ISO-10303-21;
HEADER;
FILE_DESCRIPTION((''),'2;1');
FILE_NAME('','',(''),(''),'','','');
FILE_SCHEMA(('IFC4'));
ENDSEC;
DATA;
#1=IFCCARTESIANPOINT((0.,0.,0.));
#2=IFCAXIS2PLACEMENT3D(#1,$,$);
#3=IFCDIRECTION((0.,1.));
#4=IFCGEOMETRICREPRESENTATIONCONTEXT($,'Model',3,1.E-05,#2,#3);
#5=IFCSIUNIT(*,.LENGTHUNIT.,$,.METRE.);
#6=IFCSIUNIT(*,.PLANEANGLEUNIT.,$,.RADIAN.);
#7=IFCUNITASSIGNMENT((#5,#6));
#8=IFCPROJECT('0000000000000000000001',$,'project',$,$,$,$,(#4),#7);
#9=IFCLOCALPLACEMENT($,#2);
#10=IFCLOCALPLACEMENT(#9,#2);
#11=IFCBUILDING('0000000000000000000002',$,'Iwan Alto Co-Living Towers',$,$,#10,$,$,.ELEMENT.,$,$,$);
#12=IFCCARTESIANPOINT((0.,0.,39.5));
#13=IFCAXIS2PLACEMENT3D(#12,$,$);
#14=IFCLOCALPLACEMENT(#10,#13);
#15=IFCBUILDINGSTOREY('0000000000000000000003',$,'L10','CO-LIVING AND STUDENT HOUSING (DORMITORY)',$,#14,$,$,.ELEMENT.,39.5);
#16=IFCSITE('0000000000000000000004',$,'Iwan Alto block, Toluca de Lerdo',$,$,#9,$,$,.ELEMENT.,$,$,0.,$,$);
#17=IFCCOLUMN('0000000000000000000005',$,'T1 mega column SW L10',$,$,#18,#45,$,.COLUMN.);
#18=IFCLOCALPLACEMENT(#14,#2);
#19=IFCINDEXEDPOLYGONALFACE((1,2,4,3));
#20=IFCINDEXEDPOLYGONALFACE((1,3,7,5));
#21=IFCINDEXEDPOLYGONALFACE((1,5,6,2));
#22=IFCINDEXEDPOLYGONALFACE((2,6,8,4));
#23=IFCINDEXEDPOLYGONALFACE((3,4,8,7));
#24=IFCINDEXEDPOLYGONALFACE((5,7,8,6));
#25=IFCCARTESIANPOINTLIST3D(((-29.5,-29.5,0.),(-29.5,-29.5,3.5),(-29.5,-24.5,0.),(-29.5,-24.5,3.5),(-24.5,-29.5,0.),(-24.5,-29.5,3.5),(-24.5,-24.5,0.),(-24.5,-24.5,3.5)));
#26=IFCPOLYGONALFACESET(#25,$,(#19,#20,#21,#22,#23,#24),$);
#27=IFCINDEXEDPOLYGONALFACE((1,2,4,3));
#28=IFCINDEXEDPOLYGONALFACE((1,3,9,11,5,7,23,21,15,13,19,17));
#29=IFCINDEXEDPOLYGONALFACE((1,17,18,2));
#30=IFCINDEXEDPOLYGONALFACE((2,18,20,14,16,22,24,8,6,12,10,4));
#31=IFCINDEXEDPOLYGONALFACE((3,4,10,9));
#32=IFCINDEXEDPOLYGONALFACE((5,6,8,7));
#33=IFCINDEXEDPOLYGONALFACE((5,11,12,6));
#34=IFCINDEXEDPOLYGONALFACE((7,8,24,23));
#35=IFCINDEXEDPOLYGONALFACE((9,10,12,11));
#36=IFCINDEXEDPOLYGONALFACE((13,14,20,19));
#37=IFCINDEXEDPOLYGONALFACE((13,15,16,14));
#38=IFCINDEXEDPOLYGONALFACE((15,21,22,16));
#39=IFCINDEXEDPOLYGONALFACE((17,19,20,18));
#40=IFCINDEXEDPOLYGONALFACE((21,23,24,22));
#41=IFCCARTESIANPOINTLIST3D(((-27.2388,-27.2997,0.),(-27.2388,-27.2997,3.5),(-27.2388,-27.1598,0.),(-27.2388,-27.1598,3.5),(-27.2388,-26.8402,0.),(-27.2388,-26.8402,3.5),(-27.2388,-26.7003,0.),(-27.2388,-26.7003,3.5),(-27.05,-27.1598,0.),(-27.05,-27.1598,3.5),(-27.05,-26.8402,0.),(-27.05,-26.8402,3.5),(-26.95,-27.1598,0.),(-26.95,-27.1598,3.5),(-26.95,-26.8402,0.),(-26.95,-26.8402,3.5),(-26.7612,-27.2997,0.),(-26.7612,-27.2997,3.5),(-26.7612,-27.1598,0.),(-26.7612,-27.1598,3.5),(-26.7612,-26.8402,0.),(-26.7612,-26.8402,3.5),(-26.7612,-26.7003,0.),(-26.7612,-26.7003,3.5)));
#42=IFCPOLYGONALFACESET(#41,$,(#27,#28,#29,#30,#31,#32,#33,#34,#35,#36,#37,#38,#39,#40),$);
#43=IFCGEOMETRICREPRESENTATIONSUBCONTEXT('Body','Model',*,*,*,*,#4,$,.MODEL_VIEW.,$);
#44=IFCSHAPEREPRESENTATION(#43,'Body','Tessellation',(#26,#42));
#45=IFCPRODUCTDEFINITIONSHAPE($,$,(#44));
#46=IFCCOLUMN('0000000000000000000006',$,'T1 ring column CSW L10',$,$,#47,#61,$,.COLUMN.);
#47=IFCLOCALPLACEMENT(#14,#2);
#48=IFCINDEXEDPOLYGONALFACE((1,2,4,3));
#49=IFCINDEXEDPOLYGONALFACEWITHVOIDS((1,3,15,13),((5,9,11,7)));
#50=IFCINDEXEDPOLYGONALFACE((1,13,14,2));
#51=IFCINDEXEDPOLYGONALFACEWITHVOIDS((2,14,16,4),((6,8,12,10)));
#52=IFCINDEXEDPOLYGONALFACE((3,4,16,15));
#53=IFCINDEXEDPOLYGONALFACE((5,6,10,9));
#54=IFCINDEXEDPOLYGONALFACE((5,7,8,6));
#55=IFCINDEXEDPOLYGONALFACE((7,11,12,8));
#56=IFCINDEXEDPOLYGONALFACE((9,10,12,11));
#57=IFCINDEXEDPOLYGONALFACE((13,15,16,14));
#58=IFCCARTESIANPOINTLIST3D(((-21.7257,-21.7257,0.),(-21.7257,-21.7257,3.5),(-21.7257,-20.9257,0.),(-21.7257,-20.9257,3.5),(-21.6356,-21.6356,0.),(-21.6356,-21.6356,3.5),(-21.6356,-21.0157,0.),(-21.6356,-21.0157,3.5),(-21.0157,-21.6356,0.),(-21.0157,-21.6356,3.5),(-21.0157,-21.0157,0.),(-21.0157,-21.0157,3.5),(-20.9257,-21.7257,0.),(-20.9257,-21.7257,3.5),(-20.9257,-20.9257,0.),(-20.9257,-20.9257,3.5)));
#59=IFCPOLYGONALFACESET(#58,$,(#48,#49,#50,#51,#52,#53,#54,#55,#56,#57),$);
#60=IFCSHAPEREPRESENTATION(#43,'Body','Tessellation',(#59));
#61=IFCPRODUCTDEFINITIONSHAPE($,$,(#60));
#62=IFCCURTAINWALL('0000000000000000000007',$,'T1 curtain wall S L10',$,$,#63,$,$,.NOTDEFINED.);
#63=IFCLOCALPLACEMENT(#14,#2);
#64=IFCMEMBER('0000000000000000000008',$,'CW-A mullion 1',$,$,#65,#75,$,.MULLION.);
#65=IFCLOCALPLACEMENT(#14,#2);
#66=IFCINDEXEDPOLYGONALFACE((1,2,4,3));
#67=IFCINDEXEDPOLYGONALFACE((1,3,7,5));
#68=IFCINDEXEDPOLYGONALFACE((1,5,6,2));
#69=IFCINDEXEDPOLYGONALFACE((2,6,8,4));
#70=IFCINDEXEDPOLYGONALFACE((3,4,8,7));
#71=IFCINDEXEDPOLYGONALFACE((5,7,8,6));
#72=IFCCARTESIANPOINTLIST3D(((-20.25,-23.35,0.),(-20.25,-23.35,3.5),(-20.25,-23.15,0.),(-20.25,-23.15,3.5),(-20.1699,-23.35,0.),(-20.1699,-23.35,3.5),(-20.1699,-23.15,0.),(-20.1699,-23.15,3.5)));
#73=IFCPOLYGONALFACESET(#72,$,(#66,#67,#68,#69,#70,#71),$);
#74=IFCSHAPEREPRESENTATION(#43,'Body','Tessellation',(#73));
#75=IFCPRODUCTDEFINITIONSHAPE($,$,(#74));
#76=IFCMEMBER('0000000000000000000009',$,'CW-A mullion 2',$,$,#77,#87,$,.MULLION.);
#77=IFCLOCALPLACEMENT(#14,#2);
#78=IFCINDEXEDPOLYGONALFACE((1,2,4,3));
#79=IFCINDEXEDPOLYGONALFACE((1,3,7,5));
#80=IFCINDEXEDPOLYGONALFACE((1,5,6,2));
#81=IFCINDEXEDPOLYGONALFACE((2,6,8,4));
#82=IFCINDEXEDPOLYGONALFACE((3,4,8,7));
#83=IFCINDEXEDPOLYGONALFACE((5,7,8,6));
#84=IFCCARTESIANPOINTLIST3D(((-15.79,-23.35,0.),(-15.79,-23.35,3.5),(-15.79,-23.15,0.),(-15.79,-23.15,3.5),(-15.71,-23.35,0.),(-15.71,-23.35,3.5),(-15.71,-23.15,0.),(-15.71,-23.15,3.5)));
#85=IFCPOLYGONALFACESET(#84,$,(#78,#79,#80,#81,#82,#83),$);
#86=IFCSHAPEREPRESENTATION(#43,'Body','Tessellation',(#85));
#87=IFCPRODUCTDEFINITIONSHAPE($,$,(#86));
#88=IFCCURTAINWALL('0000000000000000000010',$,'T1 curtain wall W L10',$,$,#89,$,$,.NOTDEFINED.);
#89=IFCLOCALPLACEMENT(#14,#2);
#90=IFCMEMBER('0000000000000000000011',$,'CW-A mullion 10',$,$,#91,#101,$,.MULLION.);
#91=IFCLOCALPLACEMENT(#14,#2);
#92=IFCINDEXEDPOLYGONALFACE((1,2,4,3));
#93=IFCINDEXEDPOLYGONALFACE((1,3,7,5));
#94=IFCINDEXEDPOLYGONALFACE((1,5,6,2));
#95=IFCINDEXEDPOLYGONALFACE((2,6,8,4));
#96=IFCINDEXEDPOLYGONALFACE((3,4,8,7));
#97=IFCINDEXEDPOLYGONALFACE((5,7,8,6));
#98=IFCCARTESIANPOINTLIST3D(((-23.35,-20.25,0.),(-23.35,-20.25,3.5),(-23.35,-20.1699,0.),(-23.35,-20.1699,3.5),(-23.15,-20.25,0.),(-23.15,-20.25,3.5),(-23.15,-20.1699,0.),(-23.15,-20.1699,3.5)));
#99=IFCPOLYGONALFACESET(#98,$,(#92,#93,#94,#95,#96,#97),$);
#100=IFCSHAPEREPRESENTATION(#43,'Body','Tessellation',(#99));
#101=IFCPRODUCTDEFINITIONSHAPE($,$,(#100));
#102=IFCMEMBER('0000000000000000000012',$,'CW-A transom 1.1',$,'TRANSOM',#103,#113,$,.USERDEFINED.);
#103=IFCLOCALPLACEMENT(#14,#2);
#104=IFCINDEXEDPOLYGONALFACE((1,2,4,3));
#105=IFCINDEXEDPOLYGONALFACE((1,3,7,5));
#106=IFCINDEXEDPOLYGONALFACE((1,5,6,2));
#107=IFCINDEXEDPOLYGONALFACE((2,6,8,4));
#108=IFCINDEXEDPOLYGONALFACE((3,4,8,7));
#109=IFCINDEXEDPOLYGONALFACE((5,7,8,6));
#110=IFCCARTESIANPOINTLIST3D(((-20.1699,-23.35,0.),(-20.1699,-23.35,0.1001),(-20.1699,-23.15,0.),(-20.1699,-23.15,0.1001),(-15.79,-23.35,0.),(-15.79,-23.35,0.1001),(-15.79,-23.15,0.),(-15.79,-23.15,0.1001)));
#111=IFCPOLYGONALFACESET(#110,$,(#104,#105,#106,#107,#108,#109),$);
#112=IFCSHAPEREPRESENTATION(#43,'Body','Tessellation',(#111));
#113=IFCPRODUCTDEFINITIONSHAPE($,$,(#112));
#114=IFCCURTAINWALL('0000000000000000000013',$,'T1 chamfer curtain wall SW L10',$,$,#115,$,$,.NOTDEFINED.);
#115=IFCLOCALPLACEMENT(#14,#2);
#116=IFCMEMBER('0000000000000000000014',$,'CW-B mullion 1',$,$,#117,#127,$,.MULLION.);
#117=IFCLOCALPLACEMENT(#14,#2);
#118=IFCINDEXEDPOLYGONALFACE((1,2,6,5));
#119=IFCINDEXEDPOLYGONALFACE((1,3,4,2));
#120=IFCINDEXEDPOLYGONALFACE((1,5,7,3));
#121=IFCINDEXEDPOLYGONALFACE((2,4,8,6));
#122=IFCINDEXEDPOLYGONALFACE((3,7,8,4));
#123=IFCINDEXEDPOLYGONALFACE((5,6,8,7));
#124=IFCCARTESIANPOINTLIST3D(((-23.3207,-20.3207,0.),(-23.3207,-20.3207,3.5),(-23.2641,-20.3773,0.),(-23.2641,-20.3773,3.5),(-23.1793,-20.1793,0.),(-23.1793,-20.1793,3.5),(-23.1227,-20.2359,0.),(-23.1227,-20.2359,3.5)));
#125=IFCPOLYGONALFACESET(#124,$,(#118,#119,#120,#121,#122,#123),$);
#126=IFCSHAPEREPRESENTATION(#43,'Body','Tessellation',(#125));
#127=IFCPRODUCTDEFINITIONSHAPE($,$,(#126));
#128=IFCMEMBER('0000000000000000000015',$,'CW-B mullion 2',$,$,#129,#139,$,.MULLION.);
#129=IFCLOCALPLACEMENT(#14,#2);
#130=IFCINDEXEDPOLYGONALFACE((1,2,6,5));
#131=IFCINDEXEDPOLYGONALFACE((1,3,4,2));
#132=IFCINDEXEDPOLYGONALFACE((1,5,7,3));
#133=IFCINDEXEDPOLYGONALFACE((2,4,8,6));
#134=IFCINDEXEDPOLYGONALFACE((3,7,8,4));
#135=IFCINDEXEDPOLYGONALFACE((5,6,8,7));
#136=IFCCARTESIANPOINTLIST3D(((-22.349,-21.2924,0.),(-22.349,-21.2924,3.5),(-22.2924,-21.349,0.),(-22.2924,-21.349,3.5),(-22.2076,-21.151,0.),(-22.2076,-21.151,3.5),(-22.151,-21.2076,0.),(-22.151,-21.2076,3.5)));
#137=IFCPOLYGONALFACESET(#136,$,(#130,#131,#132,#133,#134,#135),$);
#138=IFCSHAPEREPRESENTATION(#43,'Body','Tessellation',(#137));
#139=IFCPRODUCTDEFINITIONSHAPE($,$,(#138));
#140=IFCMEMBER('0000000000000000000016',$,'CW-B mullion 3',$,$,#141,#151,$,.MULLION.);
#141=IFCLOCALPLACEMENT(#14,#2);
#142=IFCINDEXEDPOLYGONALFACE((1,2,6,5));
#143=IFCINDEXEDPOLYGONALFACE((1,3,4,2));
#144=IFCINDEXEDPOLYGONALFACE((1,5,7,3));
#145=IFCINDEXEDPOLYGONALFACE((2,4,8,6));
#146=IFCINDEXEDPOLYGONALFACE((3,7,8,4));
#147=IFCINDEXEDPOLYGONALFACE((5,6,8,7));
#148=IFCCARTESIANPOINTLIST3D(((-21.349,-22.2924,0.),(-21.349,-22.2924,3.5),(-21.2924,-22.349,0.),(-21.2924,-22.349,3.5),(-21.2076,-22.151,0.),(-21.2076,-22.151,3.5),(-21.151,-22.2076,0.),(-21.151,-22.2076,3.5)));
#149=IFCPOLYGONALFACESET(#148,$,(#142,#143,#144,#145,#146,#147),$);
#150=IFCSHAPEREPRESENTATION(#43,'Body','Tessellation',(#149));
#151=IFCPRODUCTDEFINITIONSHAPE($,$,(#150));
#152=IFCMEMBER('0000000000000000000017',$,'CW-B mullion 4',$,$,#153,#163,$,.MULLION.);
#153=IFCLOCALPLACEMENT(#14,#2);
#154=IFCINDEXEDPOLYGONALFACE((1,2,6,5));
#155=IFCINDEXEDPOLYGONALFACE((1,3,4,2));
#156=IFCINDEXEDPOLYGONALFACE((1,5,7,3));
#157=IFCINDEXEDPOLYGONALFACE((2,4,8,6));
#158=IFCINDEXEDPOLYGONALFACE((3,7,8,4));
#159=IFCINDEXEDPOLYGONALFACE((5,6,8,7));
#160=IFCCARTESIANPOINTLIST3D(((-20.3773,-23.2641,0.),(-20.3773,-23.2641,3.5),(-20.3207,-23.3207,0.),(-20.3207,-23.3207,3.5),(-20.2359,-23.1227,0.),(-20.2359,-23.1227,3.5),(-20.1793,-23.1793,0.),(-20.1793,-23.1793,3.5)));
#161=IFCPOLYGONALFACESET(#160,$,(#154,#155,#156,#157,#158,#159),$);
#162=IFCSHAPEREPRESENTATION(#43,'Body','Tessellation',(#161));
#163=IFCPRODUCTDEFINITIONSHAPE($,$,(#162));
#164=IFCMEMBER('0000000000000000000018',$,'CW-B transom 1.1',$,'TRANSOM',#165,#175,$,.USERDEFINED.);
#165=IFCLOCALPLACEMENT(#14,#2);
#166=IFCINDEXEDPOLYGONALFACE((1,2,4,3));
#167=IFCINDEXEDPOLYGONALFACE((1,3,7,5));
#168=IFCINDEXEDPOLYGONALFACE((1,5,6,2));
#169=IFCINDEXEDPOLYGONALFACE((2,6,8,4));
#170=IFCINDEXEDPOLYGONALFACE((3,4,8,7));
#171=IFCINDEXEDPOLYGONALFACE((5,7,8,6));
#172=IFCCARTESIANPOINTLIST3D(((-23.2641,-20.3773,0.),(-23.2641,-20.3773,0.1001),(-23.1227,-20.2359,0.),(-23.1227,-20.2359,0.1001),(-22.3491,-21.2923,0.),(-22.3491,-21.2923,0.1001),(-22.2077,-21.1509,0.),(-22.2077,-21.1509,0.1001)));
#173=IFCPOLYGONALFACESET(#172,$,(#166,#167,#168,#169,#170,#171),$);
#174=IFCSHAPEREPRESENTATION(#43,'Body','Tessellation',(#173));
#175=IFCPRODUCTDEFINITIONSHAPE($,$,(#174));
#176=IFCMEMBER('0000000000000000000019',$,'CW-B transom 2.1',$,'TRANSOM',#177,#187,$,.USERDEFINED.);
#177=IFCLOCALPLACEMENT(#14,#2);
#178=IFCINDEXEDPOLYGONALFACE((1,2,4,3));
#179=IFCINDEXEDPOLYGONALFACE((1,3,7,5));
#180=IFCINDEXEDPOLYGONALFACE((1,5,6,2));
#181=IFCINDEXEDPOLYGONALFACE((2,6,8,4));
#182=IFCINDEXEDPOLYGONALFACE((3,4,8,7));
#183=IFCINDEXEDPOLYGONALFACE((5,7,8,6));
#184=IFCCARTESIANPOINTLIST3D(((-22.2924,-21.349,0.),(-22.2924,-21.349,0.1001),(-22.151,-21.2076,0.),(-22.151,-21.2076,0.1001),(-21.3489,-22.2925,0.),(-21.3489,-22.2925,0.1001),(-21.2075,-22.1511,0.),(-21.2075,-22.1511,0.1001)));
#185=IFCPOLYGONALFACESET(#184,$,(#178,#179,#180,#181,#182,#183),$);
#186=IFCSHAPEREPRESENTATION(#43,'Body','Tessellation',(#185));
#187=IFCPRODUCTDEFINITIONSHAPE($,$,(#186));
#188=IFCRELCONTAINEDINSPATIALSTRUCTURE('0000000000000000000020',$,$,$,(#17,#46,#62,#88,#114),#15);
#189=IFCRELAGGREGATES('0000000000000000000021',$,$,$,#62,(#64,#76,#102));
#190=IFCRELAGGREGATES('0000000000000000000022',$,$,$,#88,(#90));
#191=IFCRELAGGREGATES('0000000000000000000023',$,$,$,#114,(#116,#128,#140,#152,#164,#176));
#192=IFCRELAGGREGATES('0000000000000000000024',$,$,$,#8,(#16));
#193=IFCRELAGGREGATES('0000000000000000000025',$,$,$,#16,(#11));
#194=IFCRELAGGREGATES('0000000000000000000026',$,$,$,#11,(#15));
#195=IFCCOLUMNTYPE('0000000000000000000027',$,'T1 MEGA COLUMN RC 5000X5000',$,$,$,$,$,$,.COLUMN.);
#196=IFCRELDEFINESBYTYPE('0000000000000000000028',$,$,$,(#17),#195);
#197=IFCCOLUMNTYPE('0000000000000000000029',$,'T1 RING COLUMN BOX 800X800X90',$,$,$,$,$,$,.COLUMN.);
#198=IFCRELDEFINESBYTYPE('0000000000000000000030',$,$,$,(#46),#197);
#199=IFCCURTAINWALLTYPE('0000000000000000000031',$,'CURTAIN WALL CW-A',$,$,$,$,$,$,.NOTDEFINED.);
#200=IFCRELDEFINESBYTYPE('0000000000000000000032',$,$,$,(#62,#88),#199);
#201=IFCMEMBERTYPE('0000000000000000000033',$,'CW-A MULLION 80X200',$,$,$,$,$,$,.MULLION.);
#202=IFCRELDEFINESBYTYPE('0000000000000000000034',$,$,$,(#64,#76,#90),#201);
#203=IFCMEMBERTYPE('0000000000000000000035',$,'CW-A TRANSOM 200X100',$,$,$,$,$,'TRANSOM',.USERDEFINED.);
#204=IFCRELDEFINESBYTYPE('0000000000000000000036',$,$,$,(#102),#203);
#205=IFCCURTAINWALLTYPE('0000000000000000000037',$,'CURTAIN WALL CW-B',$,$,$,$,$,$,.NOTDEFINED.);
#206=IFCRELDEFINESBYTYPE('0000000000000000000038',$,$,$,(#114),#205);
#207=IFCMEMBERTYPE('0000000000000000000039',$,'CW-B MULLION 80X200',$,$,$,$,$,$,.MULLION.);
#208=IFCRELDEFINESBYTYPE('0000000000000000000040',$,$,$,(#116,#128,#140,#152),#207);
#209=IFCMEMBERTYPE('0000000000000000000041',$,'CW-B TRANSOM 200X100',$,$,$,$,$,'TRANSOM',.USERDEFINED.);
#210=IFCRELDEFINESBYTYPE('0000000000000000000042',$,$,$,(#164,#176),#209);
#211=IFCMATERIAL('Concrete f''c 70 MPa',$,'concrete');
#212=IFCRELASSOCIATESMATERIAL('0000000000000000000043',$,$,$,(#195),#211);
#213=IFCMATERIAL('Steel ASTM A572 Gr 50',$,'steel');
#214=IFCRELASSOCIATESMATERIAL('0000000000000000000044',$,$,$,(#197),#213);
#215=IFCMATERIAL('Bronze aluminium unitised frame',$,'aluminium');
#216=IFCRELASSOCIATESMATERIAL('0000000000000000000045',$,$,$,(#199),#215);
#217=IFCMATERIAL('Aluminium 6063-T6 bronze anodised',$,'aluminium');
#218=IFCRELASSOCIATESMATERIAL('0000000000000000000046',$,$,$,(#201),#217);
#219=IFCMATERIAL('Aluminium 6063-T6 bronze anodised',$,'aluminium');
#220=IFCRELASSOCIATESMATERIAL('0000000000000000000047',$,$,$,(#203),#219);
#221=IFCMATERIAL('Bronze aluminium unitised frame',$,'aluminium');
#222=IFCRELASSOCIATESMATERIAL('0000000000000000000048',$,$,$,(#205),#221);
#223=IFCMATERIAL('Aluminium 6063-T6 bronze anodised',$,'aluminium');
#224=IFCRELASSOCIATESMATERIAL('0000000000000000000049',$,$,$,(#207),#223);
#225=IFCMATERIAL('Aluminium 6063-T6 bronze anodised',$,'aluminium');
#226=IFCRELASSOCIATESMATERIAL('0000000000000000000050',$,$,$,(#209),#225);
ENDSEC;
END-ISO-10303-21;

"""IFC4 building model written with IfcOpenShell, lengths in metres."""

from ifc_helpers import new_model, si_unit, direction, frame, origin, origin_2d, place, context, subcontext, project, spatial, rectangle, hollow_rectangle, i_section, extrude, material, material_profile, profile_set, type_object, element, aggregate, save


model = new_model("IFC4")

# Units and contexts
model_context = context("Model", 3, precision=1e-05, world=origin(), true_north=direction((0.0, 1.0)))
body_context = subcontext(model_context, "Body", "Model", "MODEL_VIEW")
ifc_project = project(units=[si_unit("LENGTHUNIT", "METRE"), si_unit("PLANEANGLEUNIT", "RADIAN")], contexts=[model_context])

# Site, building, storey
site_placement = place(None, origin())
site = spatial("IfcSite", under=ifc_project, at=site_placement, Name="Iwan Alto block, Toluca de Lerdo", CompositionType="ELEMENT", RefElevation=0.0)
building_placement = place(site_placement, origin())
building = spatial("IfcBuilding", under=site, at=building_placement, Name="Iwan Alto Co-Living Towers", CompositionType="ELEMENT")
storey_placement = place(building_placement, frame((0.0, 0.0, 39.5)))
storey = spatial("IfcBuildingStorey", under=building, at=storey_placement, Name="L10", Description="CO-LIVING AND STUDENT HOUSING (DORMITORY)", CompositionType="ELEMENT", Elevation=39.5)

# Columns
ifc_material_1 = material(Name="Concrete f'c 70 MPa", Category="concrete")
ifc_material_profile_1 = material_profile(ifc_material_1, rectangle(XDim=5.0, YDim=5.0, at=origin_2d()), Name="RC 5000X5000")
ifc_profile_set_1 = profile_set([ifc_material_profile_1], Name="Concrete f'c 70 MPa")
column_type_1 = type_object("IfcColumnType", Name="T1 MEGA COLUMN RC 5000X5000", PredefinedType="COLUMN", material=ifc_profile_set_1)
column_1_placement = place(storey_placement, frame((-27.0, -27.0, 0.0), z_axis=(0.0, 0.0, 1.0), x_axis=(1.0, 0.0, 0.0)))
element("IfcColumn", 1, at=column_1_placement, inside=storey, type_object=column_type_1, Name="T1 mega column SW L10", PredefinedType="COLUMN", context=body_context, shape_type="SweptSolid", body=[
    extrude(rectangle(XDim=5.0, YDim=5.0, at=origin_2d()), origin(), (0.0, 0.0, 1.0), 3.5),
    extrude(i_section(OverallWidth=0.4775, OverallDepth=0.5994, WebThickness=0.1001, FlangeThickness=0.1399, at=origin_2d()), origin(), (0.0, 0.0, 1.0), 3.5),
])
ifc_material_2 = material(Name="Steel ASTM A572 Gr 50", Category="steel")
ifc_material_profile_2 = material_profile(ifc_material_2, hollow_rectangle(XDim=0.8, YDim=0.8, WallThickness=0.0901, at=origin_2d()), Name="BOX 800X800X90")
ifc_profile_set_2 = profile_set([ifc_material_profile_2], Name="Steel ASTM A572 Gr 50")
column_type_2 = type_object("IfcColumnType", Name="T1 RING COLUMN BOX 800X800X90", PredefinedType="COLUMN", material=ifc_profile_set_2)
column_2_placement = place(storey_placement, frame((-21.3257, -21.3257, 0.0), z_axis=(0.0, 0.0, 1.0), x_axis=(1.0, 0.0, 0.0)))
element("IfcColumn", 2, at=column_2_placement, inside=storey, type_object=column_type_2, Name="T1 ring column CSW L10", PredefinedType="COLUMN", context=body_context, shape_type="SweptSolid", body=[
    extrude(hollow_rectangle(XDim=0.8, YDim=0.8, WallThickness=0.0901, at=origin_2d()), origin(), (0.0, 0.0, 1.0), 3.5),
])

# Curtain wall, members
ifc_material_3 = material(Name="Bronze aluminium unitised frame", Category="aluminium")
curtain_wall_type_1 = type_object("IfcCurtainWallType", Name="CURTAIN WALL CW-A", PredefinedType="NOTDEFINED", material=ifc_material_3)
curtain_wall_1_placement = place(storey_placement, origin())
curtain_wall_1 = element("IfcCurtainWall", 3, at=curtain_wall_1_placement, inside=storey, type_object=curtain_wall_type_1, Name="T1 curtain wall S L10", PredefinedType="NOTDEFINED")
ifc_material_4 = material(Name="Aluminium 6063-T6 bronze anodised", Category="aluminium")
ifc_material_profile_3 = material_profile(ifc_material_4, rectangle(XDim=0.2, YDim=0.0801, at=origin_2d()), Name="AL 80X200")
ifc_profile_set_3 = profile_set([ifc_material_profile_3], Name="Aluminium 6063-T6 bronze anodised")
member_type_1 = type_object("IfcMemberType", Name="CW-A MULLION 80X200", PredefinedType="MULLION", material=ifc_profile_set_3)
member_1_placement = place(storey_placement, frame((-20.21, -23.25, 0.0), z_axis=(0.0, 0.0, 1.0), x_axis=(0.0, 1.0, 0.0)))
member_1 = element("IfcMember", 4, at=member_1_placement, type_object=member_type_1, Name="CW-A mullion 1", PredefinedType="MULLION", context=body_context, shape_type="SweptSolid", body=[
    extrude(rectangle(XDim=0.2, YDim=0.0801, at=origin_2d()), origin(), (0.0, 0.0, 1.0), 3.5),
])
member_2_placement = place(storey_placement, frame((-15.75, -23.25, 0.0), z_axis=(0.0, 0.0, 1.0), x_axis=(0.0, 1.0, 0.0)))
member_2 = element("IfcMember", 5, at=member_2_placement, type_object=member_type_1, Name="CW-A mullion 2", PredefinedType="MULLION", context=body_context, shape_type="SweptSolid", body=[
    extrude(rectangle(XDim=0.2, YDim=0.0801, at=origin_2d()), origin(), (0.0, 0.0, 1.0), 3.5),
])

# Curtain wall, member
curtain_wall_2_placement = place(storey_placement, origin())
curtain_wall_2 = element("IfcCurtainWall", 6, at=curtain_wall_2_placement, inside=storey, type_object=curtain_wall_type_1, Name="T1 curtain wall W L10", PredefinedType="NOTDEFINED")
member_3_placement = place(storey_placement, frame((-23.25, -20.21, 0.0), z_axis=(0.0, 0.0, 1.0), x_axis=(1.0, 0.0, 0.0)))
member_3 = element("IfcMember", 7, at=member_3_placement, type_object=member_type_1, Name="CW-A mullion 10", PredefinedType="MULLION", context=body_context, shape_type="SweptSolid", body=[
    extrude(rectangle(XDim=0.2, YDim=0.0801, at=origin_2d()), origin(), (0.0, 0.0, 1.0), 3.5),
])

# Member
ifc_material_5 = material(Name="Aluminium 6063-T6 bronze anodised", Category="aluminium")
ifc_material_profile_4 = material_profile(ifc_material_5, rectangle(XDim=0.2, YDim=0.1001, at=origin_2d()), Name="AL 200X100")
ifc_profile_set_4 = profile_set([ifc_material_profile_4], Name="Aluminium 6063-T6 bronze anodised")
member_type_2 = type_object("IfcMemberType", Name="CW-A TRANSOM 200X100", ElementType="TRANSOM", PredefinedType="USERDEFINED", material=ifc_profile_set_4)
member_4_placement = place(storey_placement, frame((-20.1699, -23.25, 0.05), z_axis=(1.0, 0.0, 0.0), x_axis=(0.0, 1.0, 0.0)))
member_4 = element("IfcMember", 8, at=member_4_placement, type_object=member_type_2, Name="CW-A transom 1.1", ObjectType="TRANSOM", PredefinedType="USERDEFINED", context=body_context, shape_type="SweptSolid", body=[
    extrude(rectangle(XDim=0.2, YDim=0.1001, at=origin_2d()), origin(), (0.0, 0.0, 1.0), 4.3799),
])

# Curtain wall, members
ifc_material_6 = material(Name="Bronze aluminium unitised frame", Category="aluminium")
curtain_wall_type_2 = type_object("IfcCurtainWallType", Name="CURTAIN WALL CW-B", PredefinedType="NOTDEFINED", material=ifc_material_6)
curtain_wall_3_placement = place(storey_placement, origin())
curtain_wall_3 = element("IfcCurtainWall", 9, at=curtain_wall_3_placement, inside=storey, type_object=curtain_wall_type_2, Name="T1 chamfer curtain wall SW L10", PredefinedType="NOTDEFINED")
ifc_material_7 = material(Name="Aluminium 6063-T6 bronze anodised", Category="aluminium")
ifc_material_profile_5 = material_profile(ifc_material_7, rectangle(XDim=0.2, YDim=0.0801, at=origin_2d()), Name="AL 80X200")
ifc_profile_set_5 = profile_set([ifc_material_profile_5], Name="Aluminium 6063-T6 bronze anodised")
member_type_3 = type_object("IfcMemberType", Name="CW-B MULLION 80X200", PredefinedType="MULLION", material=ifc_profile_set_5)
member_5_placement = place(storey_placement, frame((-23.2217, -20.2783, 0.0), z_axis=(0.0, 0.0, 1.0), x_axis=(0.707107, 0.707107, 0.0)))
member_5 = element("IfcMember", 10, at=member_5_placement, type_object=member_type_3, Name="CW-B mullion 1", PredefinedType="MULLION", context=body_context, shape_type="SweptSolid", body=[
    extrude(rectangle(XDim=0.2, YDim=0.0801, at=origin_2d()), origin(), (0.0, 0.0, 1.0), 3.5),
])
member_6_placement = place(storey_placement, frame((-22.25, -21.25, 0.0), z_axis=(0.0, 0.0, 1.0), x_axis=(0.707107, 0.707107, 0.0)))
member_6 = element("IfcMember", 11, at=member_6_placement, type_object=member_type_3, Name="CW-B mullion 2", PredefinedType="MULLION", context=body_context, shape_type="SweptSolid", body=[
    extrude(rectangle(XDim=0.2, YDim=0.0801, at=origin_2d()), origin(), (0.0, 0.0, 1.0), 3.5),
])
member_7_placement = place(storey_placement, frame((-21.25, -22.25, 0.0), z_axis=(0.0, 0.0, 1.0), x_axis=(0.707107, 0.707107, 0.0)))
member_7 = element("IfcMember", 12, at=member_7_placement, type_object=member_type_3, Name="CW-B mullion 3", PredefinedType="MULLION", context=body_context, shape_type="SweptSolid", body=[
    extrude(rectangle(XDim=0.2, YDim=0.0801, at=origin_2d()), origin(), (0.0, 0.0, 1.0), 3.5),
])
member_8_placement = place(storey_placement, frame((-20.2783, -23.2217, 0.0), z_axis=(0.0, 0.0, 1.0), x_axis=(0.707107, 0.707107, 0.0)))
member_8 = element("IfcMember", 13, at=member_8_placement, type_object=member_type_3, Name="CW-B mullion 4", PredefinedType="MULLION", context=body_context, shape_type="SweptSolid", body=[
    extrude(rectangle(XDim=0.2, YDim=0.0801, at=origin_2d()), origin(), (0.0, 0.0, 1.0), 3.5),
])
ifc_material_8 = material(Name="Aluminium 6063-T6 bronze anodised", Category="aluminium")
ifc_material_profile_6 = material_profile(ifc_material_8, rectangle(XDim=0.2, YDim=0.1001, at=origin_2d()), Name="AL 200X100")
ifc_profile_set_6 = profile_set([ifc_material_profile_6], Name="Aluminium 6063-T6 bronze anodised")
member_type_4 = type_object("IfcMemberType", Name="CW-B TRANSOM 200X100", ElementType="TRANSOM", PredefinedType="USERDEFINED", material=ifc_profile_set_6)
member_9_placement = place(storey_placement, frame((-23.1934, -20.3066, 0.05), z_axis=(0.707107, -0.707107, 0.0), x_axis=(0.707107, 0.707107, 0.0)))
member_9 = element("IfcMember", 14, at=member_9_placement, type_object=member_type_4, Name="CW-B transom 1.1", ObjectType="TRANSOM", PredefinedType="USERDEFINED", context=body_context, shape_type="SweptSolid", body=[
    extrude(rectangle(XDim=0.2, YDim=0.1001, at=origin_2d()), origin(), (0.0, 0.0, 1.0), 1.2939),
])
member_10_placement = place(storey_placement, frame((-22.2217, -21.2783, 0.05), z_axis=(0.707107, -0.707107, 0.0), x_axis=(0.707107, 0.707107, 0.0)))
member_10 = element("IfcMember", 15, at=member_10_placement, type_object=member_type_4, Name="CW-B transom 2.1", ObjectType="TRANSOM", PredefinedType="USERDEFINED", context=body_context, shape_type="SweptSolid", body=[
    extrude(rectangle(XDim=0.2, YDim=0.1001, at=origin_2d()), origin(), (0.0, 0.0, 1.0), 1.3342),
])

aggregate(curtain_wall_1, [member_1, member_2, member_4])
aggregate(curtain_wall_2, [member_3])
aggregate(curtain_wall_3, [member_5, member_6, member_7, member_8, member_9, member_10])

save(model, "model.ifc")
